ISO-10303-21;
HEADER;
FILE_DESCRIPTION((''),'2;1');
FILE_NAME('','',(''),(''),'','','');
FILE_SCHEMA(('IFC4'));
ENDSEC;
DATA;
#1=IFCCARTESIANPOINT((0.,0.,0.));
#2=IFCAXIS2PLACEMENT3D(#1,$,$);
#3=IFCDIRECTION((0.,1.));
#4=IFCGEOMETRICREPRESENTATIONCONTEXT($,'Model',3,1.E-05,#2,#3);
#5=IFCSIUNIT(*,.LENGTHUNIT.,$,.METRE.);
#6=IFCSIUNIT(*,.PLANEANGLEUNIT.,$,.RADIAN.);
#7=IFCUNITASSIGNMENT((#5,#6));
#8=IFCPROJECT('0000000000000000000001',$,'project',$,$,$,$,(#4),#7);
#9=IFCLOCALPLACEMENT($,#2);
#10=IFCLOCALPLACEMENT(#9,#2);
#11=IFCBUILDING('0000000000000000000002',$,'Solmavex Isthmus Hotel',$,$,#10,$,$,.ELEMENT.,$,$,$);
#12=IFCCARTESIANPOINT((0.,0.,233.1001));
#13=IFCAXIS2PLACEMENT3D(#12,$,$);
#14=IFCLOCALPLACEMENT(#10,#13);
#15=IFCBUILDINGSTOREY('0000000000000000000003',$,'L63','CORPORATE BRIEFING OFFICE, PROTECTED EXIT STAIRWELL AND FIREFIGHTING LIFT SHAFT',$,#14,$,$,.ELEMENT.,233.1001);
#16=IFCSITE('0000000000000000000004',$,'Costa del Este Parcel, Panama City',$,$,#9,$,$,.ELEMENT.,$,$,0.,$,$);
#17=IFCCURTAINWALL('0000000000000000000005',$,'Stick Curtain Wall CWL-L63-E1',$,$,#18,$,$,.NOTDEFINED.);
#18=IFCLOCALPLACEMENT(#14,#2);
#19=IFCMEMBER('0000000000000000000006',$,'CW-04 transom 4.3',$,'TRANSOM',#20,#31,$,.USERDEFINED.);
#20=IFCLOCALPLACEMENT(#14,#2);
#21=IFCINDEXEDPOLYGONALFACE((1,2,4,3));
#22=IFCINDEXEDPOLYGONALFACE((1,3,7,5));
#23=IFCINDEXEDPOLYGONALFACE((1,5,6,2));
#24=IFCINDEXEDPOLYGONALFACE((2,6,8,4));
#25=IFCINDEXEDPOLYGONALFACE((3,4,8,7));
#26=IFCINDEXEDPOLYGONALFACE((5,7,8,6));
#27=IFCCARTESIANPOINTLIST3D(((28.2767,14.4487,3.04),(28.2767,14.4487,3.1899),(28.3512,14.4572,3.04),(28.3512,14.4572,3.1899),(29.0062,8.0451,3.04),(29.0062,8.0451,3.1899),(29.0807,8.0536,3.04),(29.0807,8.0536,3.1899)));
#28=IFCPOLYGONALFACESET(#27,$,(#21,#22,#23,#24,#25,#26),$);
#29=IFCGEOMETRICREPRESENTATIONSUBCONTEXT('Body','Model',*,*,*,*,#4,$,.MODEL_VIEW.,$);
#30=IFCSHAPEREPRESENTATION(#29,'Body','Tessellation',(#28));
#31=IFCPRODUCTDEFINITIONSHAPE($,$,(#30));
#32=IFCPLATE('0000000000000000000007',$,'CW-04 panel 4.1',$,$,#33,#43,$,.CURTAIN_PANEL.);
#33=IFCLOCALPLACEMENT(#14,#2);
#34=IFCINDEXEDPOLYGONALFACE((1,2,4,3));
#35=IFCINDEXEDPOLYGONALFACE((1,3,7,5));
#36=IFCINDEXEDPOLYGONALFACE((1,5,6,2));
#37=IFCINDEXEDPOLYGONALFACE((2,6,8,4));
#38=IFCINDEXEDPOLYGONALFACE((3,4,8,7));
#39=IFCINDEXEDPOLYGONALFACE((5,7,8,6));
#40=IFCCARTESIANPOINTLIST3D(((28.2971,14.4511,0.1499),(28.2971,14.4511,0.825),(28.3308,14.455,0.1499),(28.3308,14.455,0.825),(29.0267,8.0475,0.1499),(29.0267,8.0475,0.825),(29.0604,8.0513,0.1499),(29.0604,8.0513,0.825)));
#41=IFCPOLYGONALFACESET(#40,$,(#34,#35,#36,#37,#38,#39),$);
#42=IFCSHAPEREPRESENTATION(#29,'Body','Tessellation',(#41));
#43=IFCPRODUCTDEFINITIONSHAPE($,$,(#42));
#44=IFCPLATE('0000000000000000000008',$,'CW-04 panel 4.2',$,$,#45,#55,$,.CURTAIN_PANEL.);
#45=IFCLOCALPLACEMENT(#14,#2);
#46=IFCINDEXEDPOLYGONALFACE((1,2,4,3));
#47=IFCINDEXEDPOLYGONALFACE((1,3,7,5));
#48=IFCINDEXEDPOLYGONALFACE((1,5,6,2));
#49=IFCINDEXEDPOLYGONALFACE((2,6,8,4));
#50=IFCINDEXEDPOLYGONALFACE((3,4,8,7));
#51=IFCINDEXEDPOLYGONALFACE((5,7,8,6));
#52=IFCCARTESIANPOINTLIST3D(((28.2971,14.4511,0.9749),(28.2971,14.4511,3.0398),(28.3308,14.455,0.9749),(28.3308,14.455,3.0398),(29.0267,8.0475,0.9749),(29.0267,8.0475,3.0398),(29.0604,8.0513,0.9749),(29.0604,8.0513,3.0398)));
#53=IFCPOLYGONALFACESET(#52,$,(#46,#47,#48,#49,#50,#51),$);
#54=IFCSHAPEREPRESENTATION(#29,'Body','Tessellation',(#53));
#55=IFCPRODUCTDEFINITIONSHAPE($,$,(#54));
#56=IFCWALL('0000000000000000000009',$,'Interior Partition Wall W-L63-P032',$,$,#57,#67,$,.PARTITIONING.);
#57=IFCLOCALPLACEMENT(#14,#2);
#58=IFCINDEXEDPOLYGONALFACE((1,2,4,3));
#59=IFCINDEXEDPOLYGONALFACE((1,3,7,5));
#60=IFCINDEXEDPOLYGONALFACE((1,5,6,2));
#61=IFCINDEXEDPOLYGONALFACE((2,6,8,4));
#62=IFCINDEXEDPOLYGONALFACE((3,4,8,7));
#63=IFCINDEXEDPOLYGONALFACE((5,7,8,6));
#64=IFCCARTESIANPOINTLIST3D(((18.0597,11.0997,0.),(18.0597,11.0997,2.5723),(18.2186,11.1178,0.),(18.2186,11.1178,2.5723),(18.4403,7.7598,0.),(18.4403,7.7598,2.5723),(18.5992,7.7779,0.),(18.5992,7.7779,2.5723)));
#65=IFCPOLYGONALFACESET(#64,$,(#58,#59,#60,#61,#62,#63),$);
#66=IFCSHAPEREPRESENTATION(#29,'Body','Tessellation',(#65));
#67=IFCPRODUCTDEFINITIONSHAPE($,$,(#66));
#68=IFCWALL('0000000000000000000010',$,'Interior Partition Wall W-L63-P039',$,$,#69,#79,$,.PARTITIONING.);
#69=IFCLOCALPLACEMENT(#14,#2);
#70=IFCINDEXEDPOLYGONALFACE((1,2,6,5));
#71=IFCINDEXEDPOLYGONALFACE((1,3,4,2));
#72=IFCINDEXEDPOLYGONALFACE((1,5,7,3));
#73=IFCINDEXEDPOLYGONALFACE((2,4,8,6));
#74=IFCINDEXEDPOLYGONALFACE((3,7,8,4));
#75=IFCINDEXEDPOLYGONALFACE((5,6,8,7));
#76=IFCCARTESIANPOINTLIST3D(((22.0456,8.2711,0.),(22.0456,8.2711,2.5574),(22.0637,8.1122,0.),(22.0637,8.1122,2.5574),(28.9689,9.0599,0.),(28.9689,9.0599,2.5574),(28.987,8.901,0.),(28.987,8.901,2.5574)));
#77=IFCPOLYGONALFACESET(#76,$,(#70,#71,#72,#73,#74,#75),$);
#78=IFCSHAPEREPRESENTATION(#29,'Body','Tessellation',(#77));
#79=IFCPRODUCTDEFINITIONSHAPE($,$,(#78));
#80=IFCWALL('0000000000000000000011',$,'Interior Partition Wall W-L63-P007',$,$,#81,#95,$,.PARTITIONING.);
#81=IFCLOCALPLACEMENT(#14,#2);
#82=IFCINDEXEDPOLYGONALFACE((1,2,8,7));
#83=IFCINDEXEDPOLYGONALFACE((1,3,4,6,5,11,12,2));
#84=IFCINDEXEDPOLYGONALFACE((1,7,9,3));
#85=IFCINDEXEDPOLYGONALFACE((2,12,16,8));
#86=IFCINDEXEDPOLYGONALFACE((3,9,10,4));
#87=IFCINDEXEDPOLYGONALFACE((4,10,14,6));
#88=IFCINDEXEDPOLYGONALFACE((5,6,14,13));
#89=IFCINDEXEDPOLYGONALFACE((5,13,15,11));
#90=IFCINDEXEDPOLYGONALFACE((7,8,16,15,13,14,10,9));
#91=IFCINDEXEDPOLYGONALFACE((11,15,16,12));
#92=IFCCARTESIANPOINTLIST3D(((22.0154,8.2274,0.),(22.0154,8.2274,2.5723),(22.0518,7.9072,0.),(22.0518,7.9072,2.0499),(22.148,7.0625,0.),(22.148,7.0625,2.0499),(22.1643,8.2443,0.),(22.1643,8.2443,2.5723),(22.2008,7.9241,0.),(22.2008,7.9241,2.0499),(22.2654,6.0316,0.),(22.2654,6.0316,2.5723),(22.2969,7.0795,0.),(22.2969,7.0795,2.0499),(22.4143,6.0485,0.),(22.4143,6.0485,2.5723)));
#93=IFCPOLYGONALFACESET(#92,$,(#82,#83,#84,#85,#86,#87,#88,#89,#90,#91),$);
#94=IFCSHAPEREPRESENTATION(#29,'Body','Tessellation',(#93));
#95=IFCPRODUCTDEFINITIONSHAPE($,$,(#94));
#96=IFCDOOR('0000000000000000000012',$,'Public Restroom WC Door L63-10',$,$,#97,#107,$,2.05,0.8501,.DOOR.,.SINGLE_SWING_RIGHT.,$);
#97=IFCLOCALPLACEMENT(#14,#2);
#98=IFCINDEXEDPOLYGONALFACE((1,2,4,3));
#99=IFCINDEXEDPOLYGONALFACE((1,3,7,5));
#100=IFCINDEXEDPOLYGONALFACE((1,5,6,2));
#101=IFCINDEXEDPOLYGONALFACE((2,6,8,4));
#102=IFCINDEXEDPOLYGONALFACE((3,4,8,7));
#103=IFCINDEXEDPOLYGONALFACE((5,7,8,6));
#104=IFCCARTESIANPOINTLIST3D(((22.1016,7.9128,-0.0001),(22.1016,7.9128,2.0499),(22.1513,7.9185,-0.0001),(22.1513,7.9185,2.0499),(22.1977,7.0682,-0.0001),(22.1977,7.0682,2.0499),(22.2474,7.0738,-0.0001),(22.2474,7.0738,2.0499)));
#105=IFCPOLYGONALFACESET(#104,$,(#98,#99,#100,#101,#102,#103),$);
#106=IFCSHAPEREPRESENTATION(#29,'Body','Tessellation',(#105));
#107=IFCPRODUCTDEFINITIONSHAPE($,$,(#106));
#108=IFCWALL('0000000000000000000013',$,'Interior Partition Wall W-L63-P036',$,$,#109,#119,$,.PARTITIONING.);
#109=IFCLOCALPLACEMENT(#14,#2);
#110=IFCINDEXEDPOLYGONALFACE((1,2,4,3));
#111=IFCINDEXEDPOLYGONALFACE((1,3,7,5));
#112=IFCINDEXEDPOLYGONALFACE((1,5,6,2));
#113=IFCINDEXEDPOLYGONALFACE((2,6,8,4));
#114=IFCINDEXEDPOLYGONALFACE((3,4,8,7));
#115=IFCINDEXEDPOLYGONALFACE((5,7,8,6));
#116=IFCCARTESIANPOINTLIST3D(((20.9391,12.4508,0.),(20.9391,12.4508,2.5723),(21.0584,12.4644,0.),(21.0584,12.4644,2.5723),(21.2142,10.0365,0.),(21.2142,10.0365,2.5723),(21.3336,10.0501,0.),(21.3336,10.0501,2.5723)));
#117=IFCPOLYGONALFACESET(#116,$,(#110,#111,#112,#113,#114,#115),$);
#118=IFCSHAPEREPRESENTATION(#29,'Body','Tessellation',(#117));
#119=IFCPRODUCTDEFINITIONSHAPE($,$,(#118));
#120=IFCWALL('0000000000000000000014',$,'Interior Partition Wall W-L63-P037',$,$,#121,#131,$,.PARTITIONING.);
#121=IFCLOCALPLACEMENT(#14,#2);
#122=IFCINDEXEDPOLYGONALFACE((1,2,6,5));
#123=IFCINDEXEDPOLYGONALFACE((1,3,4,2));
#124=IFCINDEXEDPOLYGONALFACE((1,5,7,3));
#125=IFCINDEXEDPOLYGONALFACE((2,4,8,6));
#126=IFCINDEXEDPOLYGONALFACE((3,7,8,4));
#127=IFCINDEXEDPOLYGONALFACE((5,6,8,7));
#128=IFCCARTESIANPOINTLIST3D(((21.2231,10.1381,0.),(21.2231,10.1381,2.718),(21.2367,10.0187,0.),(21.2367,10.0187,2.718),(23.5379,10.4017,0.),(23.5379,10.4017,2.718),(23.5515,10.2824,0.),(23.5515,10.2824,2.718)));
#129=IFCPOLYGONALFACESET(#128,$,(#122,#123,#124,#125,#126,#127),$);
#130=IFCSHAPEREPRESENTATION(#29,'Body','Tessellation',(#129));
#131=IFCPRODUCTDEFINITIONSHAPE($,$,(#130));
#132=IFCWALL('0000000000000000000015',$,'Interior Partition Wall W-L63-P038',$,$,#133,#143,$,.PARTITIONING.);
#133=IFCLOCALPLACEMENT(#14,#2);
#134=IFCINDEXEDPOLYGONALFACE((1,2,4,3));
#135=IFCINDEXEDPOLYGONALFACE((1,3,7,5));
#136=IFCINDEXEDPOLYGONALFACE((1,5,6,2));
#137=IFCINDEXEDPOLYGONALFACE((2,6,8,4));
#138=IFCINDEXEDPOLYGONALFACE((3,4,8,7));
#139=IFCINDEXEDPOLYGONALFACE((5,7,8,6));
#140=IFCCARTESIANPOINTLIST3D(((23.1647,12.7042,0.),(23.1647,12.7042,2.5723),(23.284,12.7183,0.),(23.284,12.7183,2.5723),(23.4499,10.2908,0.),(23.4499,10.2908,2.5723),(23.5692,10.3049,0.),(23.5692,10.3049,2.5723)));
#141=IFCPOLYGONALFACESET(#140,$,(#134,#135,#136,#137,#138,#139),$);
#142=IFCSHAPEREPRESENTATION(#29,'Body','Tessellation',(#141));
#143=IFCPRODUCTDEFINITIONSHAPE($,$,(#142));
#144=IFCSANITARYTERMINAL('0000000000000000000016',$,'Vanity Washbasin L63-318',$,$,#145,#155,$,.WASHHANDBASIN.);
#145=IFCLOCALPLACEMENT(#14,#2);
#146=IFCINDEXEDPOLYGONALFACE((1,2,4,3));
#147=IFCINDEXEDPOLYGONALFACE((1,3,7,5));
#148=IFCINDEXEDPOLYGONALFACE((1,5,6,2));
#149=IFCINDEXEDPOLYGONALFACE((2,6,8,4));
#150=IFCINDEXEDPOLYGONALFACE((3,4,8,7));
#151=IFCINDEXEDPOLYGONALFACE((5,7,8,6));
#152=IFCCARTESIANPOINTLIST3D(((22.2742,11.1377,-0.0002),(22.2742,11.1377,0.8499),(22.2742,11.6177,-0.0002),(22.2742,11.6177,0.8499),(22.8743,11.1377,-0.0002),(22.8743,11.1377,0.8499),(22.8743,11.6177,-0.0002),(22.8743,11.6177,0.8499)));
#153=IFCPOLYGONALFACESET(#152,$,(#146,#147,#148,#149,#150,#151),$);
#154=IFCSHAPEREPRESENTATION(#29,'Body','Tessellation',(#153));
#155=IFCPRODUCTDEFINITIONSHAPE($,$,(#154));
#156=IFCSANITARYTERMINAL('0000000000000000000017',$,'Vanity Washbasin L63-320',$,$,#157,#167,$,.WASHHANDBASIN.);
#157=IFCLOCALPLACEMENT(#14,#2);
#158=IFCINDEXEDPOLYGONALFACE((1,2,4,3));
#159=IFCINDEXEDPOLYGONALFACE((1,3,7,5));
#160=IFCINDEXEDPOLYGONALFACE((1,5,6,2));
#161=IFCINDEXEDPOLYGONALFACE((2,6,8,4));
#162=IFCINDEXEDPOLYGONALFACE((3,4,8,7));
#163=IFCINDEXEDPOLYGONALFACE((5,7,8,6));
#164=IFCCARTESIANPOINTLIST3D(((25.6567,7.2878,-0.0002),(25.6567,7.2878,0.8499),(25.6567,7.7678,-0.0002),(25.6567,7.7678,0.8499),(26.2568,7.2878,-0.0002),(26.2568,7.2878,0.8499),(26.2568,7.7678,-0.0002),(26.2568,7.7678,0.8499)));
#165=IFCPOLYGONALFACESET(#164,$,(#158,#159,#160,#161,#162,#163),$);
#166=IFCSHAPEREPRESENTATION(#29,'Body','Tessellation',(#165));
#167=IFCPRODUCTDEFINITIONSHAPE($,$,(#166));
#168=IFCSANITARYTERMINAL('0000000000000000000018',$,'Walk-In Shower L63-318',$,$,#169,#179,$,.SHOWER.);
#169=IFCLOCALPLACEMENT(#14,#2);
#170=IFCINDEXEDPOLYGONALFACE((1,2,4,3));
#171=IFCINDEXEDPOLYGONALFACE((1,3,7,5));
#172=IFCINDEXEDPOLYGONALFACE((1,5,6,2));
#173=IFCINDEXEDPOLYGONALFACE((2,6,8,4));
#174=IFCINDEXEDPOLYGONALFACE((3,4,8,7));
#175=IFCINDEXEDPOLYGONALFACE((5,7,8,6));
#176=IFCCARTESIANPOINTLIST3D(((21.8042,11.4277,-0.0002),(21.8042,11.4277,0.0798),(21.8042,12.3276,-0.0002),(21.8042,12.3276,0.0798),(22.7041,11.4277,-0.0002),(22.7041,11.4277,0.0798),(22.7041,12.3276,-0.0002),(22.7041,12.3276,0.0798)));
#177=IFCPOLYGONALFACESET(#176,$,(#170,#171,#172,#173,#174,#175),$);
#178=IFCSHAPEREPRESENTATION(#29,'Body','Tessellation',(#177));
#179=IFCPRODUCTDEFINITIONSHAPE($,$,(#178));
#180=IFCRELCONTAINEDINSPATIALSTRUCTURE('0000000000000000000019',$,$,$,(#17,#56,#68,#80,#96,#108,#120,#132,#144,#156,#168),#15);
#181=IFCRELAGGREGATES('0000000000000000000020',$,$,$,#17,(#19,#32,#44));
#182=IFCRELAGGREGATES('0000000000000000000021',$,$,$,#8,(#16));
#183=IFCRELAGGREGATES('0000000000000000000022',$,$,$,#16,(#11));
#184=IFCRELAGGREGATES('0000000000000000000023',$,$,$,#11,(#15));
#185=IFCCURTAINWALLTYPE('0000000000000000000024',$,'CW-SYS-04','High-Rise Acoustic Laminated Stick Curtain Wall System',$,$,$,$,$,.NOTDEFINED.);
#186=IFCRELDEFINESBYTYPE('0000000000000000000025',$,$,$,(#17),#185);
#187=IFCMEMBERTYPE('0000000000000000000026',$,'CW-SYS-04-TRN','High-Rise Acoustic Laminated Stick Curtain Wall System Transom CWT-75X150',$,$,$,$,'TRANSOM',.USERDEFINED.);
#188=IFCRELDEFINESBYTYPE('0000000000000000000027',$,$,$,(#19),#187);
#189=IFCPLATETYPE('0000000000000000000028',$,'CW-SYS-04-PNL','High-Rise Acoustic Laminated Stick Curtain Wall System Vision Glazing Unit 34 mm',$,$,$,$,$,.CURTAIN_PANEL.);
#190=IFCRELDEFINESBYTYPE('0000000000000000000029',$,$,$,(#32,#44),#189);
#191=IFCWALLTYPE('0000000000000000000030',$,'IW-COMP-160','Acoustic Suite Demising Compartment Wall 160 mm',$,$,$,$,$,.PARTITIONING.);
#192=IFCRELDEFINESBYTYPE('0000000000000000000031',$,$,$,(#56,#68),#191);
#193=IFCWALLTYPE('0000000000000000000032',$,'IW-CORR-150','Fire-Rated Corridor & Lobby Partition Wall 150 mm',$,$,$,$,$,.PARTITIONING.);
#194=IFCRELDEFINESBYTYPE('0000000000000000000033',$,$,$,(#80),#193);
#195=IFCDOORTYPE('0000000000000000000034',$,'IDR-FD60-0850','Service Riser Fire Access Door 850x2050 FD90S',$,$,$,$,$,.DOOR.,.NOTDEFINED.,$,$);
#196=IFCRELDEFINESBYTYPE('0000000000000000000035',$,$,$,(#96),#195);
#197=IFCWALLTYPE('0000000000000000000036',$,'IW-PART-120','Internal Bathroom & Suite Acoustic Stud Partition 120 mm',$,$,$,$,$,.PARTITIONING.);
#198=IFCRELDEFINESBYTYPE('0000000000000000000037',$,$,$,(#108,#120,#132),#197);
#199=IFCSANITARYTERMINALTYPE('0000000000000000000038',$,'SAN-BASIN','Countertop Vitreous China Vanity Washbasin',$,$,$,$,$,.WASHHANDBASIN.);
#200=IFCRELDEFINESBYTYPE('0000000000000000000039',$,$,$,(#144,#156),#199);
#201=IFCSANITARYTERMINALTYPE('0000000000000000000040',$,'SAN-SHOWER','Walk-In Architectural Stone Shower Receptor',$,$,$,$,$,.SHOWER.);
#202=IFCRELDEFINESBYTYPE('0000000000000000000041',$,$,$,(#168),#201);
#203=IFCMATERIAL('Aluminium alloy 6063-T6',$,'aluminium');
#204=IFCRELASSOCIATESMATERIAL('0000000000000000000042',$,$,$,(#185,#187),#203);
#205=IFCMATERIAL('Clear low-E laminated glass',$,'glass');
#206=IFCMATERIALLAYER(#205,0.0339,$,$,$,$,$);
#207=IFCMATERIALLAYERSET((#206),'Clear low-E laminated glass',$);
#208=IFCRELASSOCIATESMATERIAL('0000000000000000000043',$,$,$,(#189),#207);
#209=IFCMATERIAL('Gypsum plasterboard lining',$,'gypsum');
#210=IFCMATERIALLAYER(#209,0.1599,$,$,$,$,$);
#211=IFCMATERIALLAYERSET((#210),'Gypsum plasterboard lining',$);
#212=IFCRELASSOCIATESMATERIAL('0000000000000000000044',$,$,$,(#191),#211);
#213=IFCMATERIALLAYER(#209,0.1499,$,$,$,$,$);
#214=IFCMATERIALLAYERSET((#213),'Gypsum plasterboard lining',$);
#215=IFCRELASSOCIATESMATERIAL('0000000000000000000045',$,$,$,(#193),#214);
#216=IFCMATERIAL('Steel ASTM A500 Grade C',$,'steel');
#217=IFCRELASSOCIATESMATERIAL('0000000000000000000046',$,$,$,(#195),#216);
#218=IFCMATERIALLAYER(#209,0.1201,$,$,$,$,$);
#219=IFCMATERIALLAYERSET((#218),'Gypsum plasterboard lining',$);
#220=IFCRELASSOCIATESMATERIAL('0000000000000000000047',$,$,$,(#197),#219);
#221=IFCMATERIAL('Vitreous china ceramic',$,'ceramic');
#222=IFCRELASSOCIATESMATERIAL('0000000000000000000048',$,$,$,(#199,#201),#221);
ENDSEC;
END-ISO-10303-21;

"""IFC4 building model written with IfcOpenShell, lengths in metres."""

from ifc_helpers import new_model, si_unit, direction, frame, frame_2d, origin, origin_2d, place, context, subcontext, project, spatial, rectangle, extrude, material, layer, layer_set, material_profile, profile_set, type_object, element, fill, aggregate, save


model = new_model("IFC4")

# Units and contexts
model_context = context("Model", 3, precision=1e-05, world=origin(), true_north=direction((0.0, 1.0)))
body_context = subcontext(model_context, "Body", "Model", "MODEL_VIEW")
ifc_project = project(units=[si_unit("LENGTHUNIT", "METRE"), si_unit("PLANEANGLEUNIT", "RADIAN")], contexts=[model_context])

# Site, building, storey
site_placement = place(None, origin())
site = spatial("IfcSite", under=ifc_project, at=site_placement, Name="Costa del Este Parcel, Panama City", CompositionType="ELEMENT", RefElevation=0.0)
building_placement = place(site_placement, origin())
building = spatial("IfcBuilding", under=site, at=building_placement, Name="Solmavex Isthmus Hotel", CompositionType="ELEMENT")
storey_placement = place(building_placement, frame((0.0, 0.0, 233.1001)))
storey = spatial("IfcBuildingStorey", under=building, at=storey_placement, Name="L63", Description="CORPORATE BRIEFING OFFICE, PROTECTED EXIT STAIRWELL AND FIREFIGHTING LIFT SHAFT", CompositionType="ELEMENT", Elevation=233.1001)

# Curtain wall, member, plates
ifc_material_1 = material(Name="Aluminium alloy 6063-T6", Category="aluminium")
curtain_wall_type = type_object("IfcCurtainWallType", Name="CW-SYS-04", Description="High-Rise Acoustic Laminated Stick Curtain Wall System", PredefinedType="NOTDEFINED", material=ifc_material_1)
curtain_wall_placement = place(storey_placement, origin())
curtain_wall = element("IfcCurtainWall", 1, at=curtain_wall_placement, inside=storey, type_object=curtain_wall_type, Name="Stick Curtain Wall CWL-L63-E1", PredefinedType="NOTDEFINED")
ifc_material_profile_1 = material_profile(ifc_material_1, rectangle(XDim=0.075, YDim=0.1499, at=origin_2d()), Name="CWT-75X150")
ifc_profile_set_1 = profile_set([ifc_material_profile_1], Name="Aluminium alloy 6063-T6")
member_type_1 = type_object("IfcMemberType", Name="CW-SYS-04-TRN", Description="High-Rise Acoustic Laminated Stick Curtain Wall System Transom CWT-75X150", ElementType="TRANSOM", PredefinedType="USERDEFINED", material=ifc_profile_set_1)
member_1_placement = place(storey_placement, frame((29.0435, 8.0493, 3.115), z_axis=(-0.113188, 0.993574, 0.0), x_axis=(-0.993574, -0.113188, 0.0)))
member_1 = element("IfcMember", 2, at=member_1_placement, type_object=member_type_1, Name="CW-04 transom 4.3", ObjectType="TRANSOM", PredefinedType="USERDEFINED", context=body_context, shape_type="SweptSolid", body=[
    extrude(rectangle(XDim=0.075, YDim=0.1499, at=origin_2d()), origin(), (0.0, 0.0, 1.0), 6.4451),
])
ifc_material_2 = material(Name="Clear low-E laminated glass", Category="glass")
ifc_layer_1 = layer(ifc_material_2, 0.0339)
ifc_layer_set_1 = layer_set([ifc_layer_1], Name="Clear low-E laminated glass")
plate_type = type_object("IfcPlateType", Name="CW-SYS-04-PNL", Description="High-Rise Acoustic Laminated Stick Curtain Wall System Vision Glazing Unit 34 mm", PredefinedType="CURTAIN_PANEL", material=ifc_layer_set_1)
plate_1_placement = place(storey_placement, frame((28.6787, 11.2512, 0.1499), z_axis=(0.0, 0.0, 1.0), x_axis=(-0.113203, 0.993572, 0.0)))
plate_1 = element("IfcPlate", 3, at=plate_1_placement, type_object=plate_type, Name="CW-04 panel 4.1", PredefinedType="CURTAIN_PANEL", context=body_context, shape_type="SweptSolid", body=[
    extrude(rectangle(XDim=6.4451, YDim=0.0339, at=origin_2d()), origin(), (0.0, 0.0, 1.0), 0.675),
])
plate_2_placement = place(storey_placement, frame((28.6787, 11.2512, 0.9749), z_axis=(0.0, 0.0, 1.0), x_axis=(-0.113203, 0.993572, 0.0)))
plate_2 = element("IfcPlate", 4, at=plate_2_placement, type_object=plate_type, Name="CW-04 panel 4.2", PredefinedType="CURTAIN_PANEL", context=body_context, shape_type="SweptSolid", body=[
    extrude(rectangle(XDim=6.4451, YDim=0.0339, at=origin_2d()), origin(), (0.0, 0.0, 1.0), 2.0649),
])
aggregate(curtain_wall, [member_1, plate_1, plate_2])

# Wall
ifc_material_3 = material(Name="Gypsum plasterboard lining", Category="gypsum")
ifc_layer_2 = layer(ifc_material_3, 0.1599)
ifc_layer_set_2 = layer_set([ifc_layer_2], Name="Gypsum plasterboard lining")
wall_type_1 = type_object("IfcWallType", Name="IW-COMP-160", Description="Acoustic Suite Demising Compartment Wall 160 mm", PredefinedType="PARTITIONING", material=ifc_layer_set_2)
wall_1_placement = place(storey_placement, frame((18.1392, 11.1086, 0.0), z_axis=(0.0, 0.0, 1.0), x_axis=(0.113229, -0.993569, 0.0)))
element("IfcWall", 5, at=wall_1_placement, inside=storey, type_object=wall_type_1, Name="Interior Partition Wall W-L63-P032", PredefinedType="PARTITIONING", context=body_context, shape_type="SweptSolid", body=[
    extrude(rectangle(XDim=3.3616, YDim=0.1599, at=frame_2d((1.6807, 0.0))), origin(), (0.0, 0.0, 1.0), 2.5723),
])

# Wall
wall_2_placement = place(storey_placement, frame((28.9778, 8.9805, 0.0), z_axis=(0.0, 0.0, 1.0), x_axis=(-0.993572, -0.113204, 0.0)))
element("IfcWall", 6, at=wall_2_placement, inside=storey, type_object=wall_type_1, Name="Interior Partition Wall W-L63-P039", PredefinedType="PARTITIONING", context=body_context, shape_type="SweptSolid", body=[
    extrude(rectangle(XDim=6.968, YDim=0.1599, at=frame_2d((3.4839, 0.0))), origin(), (0.0, 0.0, 1.0), 2.5574),
])

# Wall, opening, door
ifc_layer_3 = layer(ifc_material_3, 0.1499)
ifc_layer_set_3 = layer_set([ifc_layer_3], Name="Gypsum plasterboard lining")
wall_type_2 = type_object("IfcWallType", Name="IW-CORR-150", Description="Fire-Rated Corridor & Lobby Partition Wall 150 mm", PredefinedType="PARTITIONING", material=ifc_layer_set_3)
wall_3_placement = place(storey_placement, frame((22.0898, 8.2358, 0.0), z_axis=(0.0, 0.0, 1.0), x_axis=(0.113123, -0.993581, 0.0)))
wall_3 = element("IfcWall", 7, at=wall_3_placement, inside=storey, type_object=wall_type_2, Name="Interior Partition Wall W-L63-P007", PredefinedType="PARTITIONING", context=body_context, shape_type="SweptSolid", body=[
    extrude(rectangle(XDim=2.21, YDim=0.1499, at=frame_2d((1.105, 0.0))), origin(), (0.0, 0.0, 1.0), 2.5723),
])
opening_1_placement = place(wall_3_placement, frame((0.3223, 0.0, 0.0)))
opening_1 = element("IfcOpeningElement", 8, at=opening_1_placement, cuts=wall_3, PredefinedType="OPENING", context=body_context, shape_type="SweptSolid", body=[
    extrude(rectangle(XDim=0.8501, YDim=2.05, at=frame_2d((0.425, 1.0249))), frame((0.0, 0.085, 0.0), z_axis=(0.0, -1.0, 0.0), x_axis=(1.0, 0.0, 0.0)), (0.0, 0.0, 1.0), 0.1699),
])
ifc_material_4 = material(Name="Steel ASTM A500 Grade C", Category="steel")
door_type_1 = type_object("IfcDoorType", Name="IDR-FD60-0850", Description="Service Riser Fire Access Door 850x2050 FD90S", OperationType="NOTDEFINED", PredefinedType="DOOR", material=ifc_material_4)
door_1_placement = place(opening_1_placement, frame((0.8501, 0.0, 0.0), z_axis=(0.0, 0.0, 1.0), x_axis=(-1.0, 0.0, 0.0)))
door_1 = element("IfcDoor", 9, at=door_1_placement, inside=storey, type_object=door_type_1, Name="Public Restroom WC Door L63-10", OperationType="SINGLE_SWING_RIGHT", OverallHeight=2.05, OverallWidth=0.8501, PredefinedType="DOOR", context=body_context, shape_type="SweptSolid", body=[
    extrude(rectangle(XDim=0.8501, YDim=2.05, at=frame_2d((0.425, 1.0249))), frame((0.0, 0.0249, 0.0), z_axis=(0.0, -1.0, 0.0), x_axis=(1.0, 0.0, 0.0)), (0.0, 0.0, 1.0), 0.05),
])
fill(opening_1, door_1)

# Walls
ifc_layer_4 = layer(ifc_material_3, 0.1201)
ifc_layer_set_4 = layer_set([ifc_layer_4], Name="Gypsum plasterboard lining")
wall_type_3 = type_object("IfcWallType", Name="IW-PART-120", Description="Internal Bathroom & Suite Acoustic Stud Partition 120 mm", PredefinedType="PARTITIONING", material=ifc_layer_set_4)
wall_4_placement = place(storey_placement, frame((20.9988, 12.4575, 0.0), z_axis=(0.0, 0.0, 1.0), x_axis=(0.113232, -0.993569, 0.0)))
element("IfcWall", 10, at=wall_4_placement, inside=storey, type_object=wall_type_3, Name="Interior Partition Wall W-L63-P036", PredefinedType="PARTITIONING", context=body_context, shape_type="SweptSolid", body=[
    extrude(rectangle(XDim=2.4299, YDim=0.1201, at=frame_2d((1.2148, 0.0))), origin(), (0.0, 0.0, 1.0), 2.5723),
])
wall_5_placement = place(storey_placement, frame((21.2297, 10.0784, 0.0), z_axis=(0.0, 0.0, 1.0), x_axis=(0.993576, 0.113168, 0.0)))
element("IfcWall", 11, at=wall_5_placement, inside=storey, type_object=wall_type_3, Name="Interior Partition Wall W-L63-P037", PredefinedType="PARTITIONING", context=body_context, shape_type="SweptSolid", body=[
    extrude(rectangle(XDim=2.3298, YDim=0.1201, at=frame_2d((1.165, 0.0))), origin(), (0.0, 0.0, 1.0), 2.718),
])
wall_6_placement = place(storey_placement, frame((23.5095, 10.2979, 0.0), z_axis=(0.0, 0.0, 1.0), x_axis=(-0.117343, 0.993092, 0.0)))
element("IfcWall", 12, at=wall_6_placement, inside=storey, type_object=wall_type_3, Name="Interior Partition Wall W-L63-P038", PredefinedType="PARTITIONING", context=body_context, shape_type="SweptSolid", body=[
    extrude(rectangle(XDim=2.4302, YDim=0.1201, at=frame_2d((1.2151, 0.0))), origin(), (0.0, 0.0, 1.0), 2.5723),
])

# Sanitary terminals
ifc_material_5 = material(Name="Vitreous china ceramic", Category="ceramic")
sanitary_terminal_type_1 = type_object("IfcSanitaryTerminalType", Name="SAN-BASIN", Description="Countertop Vitreous China Vanity Washbasin", PredefinedType="WASHHANDBASIN", material=ifc_material_5)
for number, where, z_axis, x_axis, name in (
    (13, (22.5742, 11.3777, -0.0002), (0.0, 0.0, 1.0), (1.0, 0.0, 0.0), "Vanity Washbasin L63-318"),
    (14, (25.9568, 7.5278, -0.0002), (0.0, 0.0, 1.0), (1.0, 0.0, 0.0), "Vanity Washbasin L63-320"),
):
    element("IfcSanitaryTerminal", number, at=place(storey_placement, frame(where, z_axis=z_axis, x_axis=x_axis)), inside=storey, type_object=sanitary_terminal_type_1, Name=name, PredefinedType="WASHHANDBASIN", context=body_context, shape_type="SweptSolid", body=[
        extrude(rectangle(XDim=0.6001, YDim=0.48, at=origin_2d()), origin(), (0.0, 0.0, 1.0), 0.8501),
    ])
sanitary_terminal_type_2 = type_object("IfcSanitaryTerminalType", Name="SAN-SHOWER", Description="Walk-In Architectural Stone Shower Receptor", PredefinedType="SHOWER", material=ifc_material_5)
sanitary_terminal_placement = place(storey_placement, frame((22.2542, 11.8777, -0.0002), z_axis=(0.0, 0.0, 1.0), x_axis=(1.0, 0.0, 0.0)))
element("IfcSanitaryTerminal", 15, at=sanitary_terminal_placement, inside=storey, type_object=sanitary_terminal_type_2, Name="Walk-In Shower L63-318", PredefinedType="SHOWER", context=body_context, shape_type="SweptSolid", body=[
    extrude(rectangle(XDim=0.8999, YDim=0.8999, at=origin_2d()), origin(), (0.0, 0.0, 1.0), 0.0801),
])

save(model, "model.ifc")
